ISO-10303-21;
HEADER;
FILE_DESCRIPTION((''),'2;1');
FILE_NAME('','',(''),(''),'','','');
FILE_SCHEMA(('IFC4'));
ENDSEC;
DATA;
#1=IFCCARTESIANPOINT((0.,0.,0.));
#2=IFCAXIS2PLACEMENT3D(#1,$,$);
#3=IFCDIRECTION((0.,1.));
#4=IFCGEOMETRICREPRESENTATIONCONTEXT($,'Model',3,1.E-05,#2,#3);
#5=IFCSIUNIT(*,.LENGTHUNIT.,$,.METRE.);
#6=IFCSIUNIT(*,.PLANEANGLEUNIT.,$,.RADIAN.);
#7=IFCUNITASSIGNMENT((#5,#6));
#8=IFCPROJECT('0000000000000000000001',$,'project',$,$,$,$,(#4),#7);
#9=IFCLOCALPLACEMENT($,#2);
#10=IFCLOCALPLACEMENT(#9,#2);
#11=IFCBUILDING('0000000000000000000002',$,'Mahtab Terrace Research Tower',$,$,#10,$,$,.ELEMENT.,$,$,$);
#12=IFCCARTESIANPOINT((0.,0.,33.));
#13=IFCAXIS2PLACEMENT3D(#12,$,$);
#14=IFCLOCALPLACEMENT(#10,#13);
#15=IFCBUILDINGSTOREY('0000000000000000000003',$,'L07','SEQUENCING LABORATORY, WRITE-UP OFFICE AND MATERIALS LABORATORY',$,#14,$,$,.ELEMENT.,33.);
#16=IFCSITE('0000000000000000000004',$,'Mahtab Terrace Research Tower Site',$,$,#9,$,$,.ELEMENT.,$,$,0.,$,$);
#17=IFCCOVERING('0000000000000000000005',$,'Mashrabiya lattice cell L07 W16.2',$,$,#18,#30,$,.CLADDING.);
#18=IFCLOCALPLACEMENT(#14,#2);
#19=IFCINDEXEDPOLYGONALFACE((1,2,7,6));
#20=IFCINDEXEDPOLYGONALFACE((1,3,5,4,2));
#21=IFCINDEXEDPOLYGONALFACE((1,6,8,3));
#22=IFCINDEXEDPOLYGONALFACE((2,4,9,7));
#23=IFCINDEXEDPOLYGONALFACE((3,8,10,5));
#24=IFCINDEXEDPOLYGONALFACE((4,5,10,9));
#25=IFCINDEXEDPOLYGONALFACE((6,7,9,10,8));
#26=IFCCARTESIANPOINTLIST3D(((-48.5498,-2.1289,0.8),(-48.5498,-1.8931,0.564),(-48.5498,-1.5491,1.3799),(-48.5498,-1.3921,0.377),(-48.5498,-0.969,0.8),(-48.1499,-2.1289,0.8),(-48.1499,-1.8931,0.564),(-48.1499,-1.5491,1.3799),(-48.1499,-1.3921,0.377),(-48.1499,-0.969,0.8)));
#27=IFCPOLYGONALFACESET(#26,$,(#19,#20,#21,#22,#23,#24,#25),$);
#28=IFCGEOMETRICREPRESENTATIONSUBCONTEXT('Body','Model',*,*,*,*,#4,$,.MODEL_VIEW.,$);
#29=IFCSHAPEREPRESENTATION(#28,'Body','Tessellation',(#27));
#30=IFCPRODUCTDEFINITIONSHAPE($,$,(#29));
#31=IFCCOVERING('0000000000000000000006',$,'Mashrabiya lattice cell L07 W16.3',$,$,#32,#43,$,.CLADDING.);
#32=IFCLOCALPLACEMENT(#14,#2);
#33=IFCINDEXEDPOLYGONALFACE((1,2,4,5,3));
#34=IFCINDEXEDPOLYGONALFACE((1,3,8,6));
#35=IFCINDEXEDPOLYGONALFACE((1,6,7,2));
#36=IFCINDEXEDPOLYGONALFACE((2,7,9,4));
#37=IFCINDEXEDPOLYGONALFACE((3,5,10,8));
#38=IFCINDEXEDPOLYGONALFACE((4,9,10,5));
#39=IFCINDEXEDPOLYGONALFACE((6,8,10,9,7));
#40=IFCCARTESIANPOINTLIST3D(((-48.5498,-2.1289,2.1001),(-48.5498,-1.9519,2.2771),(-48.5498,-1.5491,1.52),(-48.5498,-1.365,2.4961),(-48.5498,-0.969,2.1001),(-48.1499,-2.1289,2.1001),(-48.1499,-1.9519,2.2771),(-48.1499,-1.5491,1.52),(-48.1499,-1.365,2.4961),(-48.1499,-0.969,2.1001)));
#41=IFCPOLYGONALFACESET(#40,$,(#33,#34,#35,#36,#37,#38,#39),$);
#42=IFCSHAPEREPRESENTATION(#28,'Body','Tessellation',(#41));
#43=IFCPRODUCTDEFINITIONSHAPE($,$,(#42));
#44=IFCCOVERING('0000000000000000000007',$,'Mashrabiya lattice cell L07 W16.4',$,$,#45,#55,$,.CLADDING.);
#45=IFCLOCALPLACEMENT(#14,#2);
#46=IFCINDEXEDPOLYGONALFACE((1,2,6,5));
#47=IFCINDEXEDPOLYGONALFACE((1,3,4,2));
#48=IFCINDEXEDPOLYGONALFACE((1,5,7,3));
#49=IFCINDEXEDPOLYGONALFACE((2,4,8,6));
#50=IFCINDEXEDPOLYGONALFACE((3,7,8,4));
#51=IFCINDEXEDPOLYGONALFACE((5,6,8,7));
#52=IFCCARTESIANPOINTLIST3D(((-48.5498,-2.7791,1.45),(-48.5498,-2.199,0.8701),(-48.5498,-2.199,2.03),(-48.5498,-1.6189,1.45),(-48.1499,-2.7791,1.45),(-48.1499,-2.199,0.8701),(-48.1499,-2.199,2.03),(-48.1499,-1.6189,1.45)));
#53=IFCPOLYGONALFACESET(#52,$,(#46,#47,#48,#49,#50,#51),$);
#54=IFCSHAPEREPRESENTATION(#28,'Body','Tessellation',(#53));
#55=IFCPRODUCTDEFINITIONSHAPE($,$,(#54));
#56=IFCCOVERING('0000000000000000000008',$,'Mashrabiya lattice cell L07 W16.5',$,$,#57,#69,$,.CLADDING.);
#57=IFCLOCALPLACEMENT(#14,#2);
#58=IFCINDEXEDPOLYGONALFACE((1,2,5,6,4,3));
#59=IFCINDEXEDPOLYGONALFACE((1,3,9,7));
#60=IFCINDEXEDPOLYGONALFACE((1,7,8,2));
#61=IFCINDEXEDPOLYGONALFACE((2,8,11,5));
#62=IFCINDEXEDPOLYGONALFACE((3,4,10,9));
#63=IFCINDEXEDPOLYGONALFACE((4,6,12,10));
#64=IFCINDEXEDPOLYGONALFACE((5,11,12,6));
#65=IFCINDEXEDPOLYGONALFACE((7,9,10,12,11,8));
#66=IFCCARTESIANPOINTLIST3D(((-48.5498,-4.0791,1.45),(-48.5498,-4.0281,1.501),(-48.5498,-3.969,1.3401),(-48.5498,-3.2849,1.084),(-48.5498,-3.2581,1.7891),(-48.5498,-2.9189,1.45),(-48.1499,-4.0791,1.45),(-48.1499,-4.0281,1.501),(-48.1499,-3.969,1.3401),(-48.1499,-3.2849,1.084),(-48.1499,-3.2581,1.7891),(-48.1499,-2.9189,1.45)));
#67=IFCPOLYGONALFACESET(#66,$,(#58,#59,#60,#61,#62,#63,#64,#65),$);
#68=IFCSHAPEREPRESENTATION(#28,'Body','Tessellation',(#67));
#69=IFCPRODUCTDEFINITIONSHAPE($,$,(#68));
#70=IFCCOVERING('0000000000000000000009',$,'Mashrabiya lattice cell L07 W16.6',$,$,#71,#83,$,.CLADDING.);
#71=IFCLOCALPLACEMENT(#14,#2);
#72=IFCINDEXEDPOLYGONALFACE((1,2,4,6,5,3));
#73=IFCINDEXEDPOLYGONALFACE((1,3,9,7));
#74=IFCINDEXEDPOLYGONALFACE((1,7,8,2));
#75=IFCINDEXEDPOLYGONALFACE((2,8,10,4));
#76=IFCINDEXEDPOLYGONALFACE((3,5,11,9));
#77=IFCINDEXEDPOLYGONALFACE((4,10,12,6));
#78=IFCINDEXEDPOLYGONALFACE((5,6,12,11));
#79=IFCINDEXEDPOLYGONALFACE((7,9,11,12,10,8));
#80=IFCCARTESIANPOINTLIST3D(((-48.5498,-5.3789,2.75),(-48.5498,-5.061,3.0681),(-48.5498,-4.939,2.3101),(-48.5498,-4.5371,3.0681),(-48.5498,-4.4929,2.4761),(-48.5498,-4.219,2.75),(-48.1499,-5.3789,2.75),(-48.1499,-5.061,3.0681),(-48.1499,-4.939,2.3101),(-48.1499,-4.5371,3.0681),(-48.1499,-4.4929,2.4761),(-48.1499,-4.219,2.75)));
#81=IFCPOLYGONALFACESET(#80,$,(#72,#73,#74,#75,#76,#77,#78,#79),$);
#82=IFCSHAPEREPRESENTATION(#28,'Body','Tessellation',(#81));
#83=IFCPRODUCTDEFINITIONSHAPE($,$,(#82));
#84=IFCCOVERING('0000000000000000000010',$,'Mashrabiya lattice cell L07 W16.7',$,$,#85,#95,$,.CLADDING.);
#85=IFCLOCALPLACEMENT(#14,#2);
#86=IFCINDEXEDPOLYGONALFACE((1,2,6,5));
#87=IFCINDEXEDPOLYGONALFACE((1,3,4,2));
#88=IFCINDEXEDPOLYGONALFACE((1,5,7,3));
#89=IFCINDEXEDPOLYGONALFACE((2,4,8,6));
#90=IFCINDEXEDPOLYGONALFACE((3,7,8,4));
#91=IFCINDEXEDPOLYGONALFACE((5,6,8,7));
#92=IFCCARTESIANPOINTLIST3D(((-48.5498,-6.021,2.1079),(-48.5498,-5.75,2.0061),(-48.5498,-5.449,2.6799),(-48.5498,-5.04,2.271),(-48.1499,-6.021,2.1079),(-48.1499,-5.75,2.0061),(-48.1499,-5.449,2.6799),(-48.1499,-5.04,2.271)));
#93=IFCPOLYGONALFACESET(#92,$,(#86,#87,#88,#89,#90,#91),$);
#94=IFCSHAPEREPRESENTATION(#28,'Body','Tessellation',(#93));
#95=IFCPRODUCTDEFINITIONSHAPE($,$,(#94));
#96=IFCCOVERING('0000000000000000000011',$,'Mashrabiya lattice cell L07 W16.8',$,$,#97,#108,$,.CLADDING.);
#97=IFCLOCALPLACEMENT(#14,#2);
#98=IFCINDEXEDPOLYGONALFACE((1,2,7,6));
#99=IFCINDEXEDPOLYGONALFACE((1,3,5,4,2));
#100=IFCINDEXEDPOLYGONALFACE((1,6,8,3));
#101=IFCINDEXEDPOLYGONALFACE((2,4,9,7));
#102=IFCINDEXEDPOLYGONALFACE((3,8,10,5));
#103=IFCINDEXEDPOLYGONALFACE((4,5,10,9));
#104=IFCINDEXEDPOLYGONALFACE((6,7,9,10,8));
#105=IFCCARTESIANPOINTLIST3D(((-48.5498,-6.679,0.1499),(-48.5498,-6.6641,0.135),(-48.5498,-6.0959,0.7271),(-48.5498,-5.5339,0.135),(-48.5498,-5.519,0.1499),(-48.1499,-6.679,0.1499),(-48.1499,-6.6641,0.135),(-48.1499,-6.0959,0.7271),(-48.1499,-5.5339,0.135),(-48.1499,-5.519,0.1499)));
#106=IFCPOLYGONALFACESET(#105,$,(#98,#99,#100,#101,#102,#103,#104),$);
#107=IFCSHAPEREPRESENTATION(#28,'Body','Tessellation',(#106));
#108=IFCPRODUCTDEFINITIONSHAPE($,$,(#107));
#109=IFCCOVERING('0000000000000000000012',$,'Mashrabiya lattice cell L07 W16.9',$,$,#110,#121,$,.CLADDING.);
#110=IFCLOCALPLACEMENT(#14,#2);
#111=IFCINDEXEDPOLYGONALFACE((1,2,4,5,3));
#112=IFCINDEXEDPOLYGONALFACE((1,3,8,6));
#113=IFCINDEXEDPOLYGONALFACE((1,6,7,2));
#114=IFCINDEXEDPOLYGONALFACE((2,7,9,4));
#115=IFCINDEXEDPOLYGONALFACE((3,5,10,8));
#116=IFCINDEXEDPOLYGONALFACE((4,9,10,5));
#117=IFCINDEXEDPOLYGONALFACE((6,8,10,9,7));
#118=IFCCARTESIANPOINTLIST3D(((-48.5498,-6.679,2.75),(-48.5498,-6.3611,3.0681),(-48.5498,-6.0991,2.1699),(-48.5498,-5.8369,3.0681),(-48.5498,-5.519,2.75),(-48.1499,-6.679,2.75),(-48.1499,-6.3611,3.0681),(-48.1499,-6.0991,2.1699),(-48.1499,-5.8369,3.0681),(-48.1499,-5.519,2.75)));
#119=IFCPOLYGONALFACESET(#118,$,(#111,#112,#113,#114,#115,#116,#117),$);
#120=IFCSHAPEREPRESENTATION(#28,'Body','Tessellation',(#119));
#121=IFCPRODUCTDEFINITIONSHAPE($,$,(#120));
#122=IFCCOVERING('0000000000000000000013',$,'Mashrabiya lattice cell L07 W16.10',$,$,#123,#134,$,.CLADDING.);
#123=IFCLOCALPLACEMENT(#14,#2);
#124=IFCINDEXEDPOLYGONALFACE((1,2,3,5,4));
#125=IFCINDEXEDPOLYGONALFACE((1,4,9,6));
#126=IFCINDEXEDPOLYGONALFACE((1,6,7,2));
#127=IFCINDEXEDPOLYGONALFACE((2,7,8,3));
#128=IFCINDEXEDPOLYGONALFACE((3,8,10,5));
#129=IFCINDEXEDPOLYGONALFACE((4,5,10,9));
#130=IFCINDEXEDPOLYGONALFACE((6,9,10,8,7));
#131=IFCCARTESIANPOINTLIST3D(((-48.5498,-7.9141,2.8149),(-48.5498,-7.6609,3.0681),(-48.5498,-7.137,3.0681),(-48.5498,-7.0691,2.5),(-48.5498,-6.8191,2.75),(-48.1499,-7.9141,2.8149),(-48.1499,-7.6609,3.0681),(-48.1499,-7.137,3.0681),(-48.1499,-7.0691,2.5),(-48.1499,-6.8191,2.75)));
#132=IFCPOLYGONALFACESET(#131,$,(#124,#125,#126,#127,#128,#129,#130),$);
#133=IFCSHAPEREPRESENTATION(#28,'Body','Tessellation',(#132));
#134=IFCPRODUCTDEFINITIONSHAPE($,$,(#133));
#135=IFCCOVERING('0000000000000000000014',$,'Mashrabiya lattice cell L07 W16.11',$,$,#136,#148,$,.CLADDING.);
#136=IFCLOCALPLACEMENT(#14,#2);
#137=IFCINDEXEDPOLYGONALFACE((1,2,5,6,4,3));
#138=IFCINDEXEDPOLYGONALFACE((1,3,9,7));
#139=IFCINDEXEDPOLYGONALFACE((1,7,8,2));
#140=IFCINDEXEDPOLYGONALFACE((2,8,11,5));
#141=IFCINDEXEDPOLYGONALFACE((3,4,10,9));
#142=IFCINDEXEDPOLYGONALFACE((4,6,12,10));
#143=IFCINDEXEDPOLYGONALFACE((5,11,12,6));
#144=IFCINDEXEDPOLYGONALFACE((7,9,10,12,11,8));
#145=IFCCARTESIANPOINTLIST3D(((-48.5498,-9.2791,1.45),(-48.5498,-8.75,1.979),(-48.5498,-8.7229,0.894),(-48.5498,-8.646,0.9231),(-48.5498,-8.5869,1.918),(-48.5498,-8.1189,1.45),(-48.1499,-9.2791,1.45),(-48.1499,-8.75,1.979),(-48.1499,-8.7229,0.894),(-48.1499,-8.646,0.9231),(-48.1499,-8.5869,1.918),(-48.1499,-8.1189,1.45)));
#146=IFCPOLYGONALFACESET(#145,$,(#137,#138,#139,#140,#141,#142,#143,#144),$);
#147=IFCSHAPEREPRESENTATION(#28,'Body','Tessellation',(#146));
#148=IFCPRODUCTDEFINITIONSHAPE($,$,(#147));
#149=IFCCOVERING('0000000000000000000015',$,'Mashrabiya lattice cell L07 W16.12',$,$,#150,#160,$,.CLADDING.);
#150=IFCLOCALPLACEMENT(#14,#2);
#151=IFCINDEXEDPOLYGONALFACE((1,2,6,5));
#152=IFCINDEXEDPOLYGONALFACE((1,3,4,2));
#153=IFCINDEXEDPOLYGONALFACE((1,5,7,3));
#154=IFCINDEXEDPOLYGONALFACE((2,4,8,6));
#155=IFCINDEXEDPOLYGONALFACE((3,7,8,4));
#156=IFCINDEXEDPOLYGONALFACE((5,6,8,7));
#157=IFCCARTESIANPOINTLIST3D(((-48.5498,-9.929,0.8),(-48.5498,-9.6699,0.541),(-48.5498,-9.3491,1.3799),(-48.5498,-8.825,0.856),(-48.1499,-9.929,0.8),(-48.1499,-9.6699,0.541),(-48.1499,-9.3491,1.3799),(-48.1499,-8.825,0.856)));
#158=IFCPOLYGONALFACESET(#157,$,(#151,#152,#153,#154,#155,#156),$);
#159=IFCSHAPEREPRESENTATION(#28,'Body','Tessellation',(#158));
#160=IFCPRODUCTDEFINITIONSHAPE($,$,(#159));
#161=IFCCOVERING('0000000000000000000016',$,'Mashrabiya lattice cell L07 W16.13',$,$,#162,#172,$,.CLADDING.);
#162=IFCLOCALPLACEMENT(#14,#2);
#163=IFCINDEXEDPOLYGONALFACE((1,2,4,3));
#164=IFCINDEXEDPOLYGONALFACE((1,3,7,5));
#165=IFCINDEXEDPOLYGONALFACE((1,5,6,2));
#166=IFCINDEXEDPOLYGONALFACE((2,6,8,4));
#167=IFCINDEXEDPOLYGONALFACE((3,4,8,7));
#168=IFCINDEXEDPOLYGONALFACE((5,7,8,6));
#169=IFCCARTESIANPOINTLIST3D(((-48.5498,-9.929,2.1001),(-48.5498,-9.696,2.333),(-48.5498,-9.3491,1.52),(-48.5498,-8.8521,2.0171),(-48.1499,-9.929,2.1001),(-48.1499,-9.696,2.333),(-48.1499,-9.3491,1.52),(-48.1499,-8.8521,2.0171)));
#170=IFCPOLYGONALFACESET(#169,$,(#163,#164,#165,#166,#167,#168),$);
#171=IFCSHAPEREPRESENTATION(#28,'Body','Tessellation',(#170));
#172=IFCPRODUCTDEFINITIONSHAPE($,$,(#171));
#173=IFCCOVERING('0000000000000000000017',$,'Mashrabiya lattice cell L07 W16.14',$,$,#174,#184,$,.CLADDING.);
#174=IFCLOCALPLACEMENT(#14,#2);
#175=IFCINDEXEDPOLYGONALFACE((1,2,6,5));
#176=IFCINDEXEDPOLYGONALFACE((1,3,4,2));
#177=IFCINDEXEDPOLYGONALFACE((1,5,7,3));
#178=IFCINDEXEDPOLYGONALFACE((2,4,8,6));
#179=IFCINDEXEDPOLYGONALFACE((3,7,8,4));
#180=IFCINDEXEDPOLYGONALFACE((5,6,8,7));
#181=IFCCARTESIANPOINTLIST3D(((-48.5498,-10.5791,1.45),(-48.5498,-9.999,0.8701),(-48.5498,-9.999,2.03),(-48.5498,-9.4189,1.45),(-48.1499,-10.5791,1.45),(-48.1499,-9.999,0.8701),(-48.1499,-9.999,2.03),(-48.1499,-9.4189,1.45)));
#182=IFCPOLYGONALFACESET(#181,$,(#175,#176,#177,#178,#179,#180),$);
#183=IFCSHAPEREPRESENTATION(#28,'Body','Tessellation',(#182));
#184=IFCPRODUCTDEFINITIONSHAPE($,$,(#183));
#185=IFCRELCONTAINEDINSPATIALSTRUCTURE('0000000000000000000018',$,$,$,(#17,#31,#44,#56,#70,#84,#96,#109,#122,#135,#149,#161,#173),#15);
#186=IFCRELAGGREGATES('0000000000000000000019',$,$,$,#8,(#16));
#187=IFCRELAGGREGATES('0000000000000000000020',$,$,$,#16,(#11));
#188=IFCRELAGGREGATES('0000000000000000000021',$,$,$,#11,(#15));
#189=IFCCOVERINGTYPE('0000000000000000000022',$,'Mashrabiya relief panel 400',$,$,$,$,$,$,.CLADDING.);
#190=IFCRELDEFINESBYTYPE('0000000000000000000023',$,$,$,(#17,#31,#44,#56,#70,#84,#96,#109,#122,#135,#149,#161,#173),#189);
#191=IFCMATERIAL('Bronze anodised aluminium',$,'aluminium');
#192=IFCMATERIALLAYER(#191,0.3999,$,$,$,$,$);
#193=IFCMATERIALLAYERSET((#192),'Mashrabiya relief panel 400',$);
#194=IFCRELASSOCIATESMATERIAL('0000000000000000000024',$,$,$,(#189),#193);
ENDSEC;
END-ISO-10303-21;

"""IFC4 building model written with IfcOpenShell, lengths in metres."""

from ifc_helpers import new_model, si_unit, direction, frame, origin, place, context, subcontext, project, spatial, polyline, outline, extrude, material, layer, layer_set, type_object, element, save


model = new_model("IFC4")

# Units and contexts
model_context = context("Model", 3, precision=1e-05, world=origin(), true_north=direction((0.0, 1.0)))
body_context = subcontext(model_context, "Body", "Model", "MODEL_VIEW")
ifc_project = project(units=[si_unit("LENGTHUNIT", "METRE"), si_unit("PLANEANGLEUNIT", "RADIAN")], contexts=[model_context])

# Site, building, storey
site_placement = place(None, origin())
site = spatial("IfcSite", under=ifc_project, at=site_placement, Name="Mahtab Terrace Research Tower Site", CompositionType="ELEMENT", RefElevation=0.0)
building_placement = place(site_placement, origin())
building = spatial("IfcBuilding", under=site, at=building_placement, Name="Mahtab Terrace Research Tower", CompositionType="ELEMENT")
storey_placement = place(building_placement, frame((0.0, 0.0, 33.0)))
storey = spatial("IfcBuildingStorey", under=building, at=storey_placement, Name="L07", Description="SEQUENCING LABORATORY, WRITE-UP OFFICE AND MATERIALS LABORATORY", CompositionType="ELEMENT", Elevation=33.0)

# Coverings
ifc_material = material(Name="Bronze anodised aluminium", Category="aluminium")
ifc_layer = layer(ifc_material, 0.3999)
ifc_layer_set = layer_set([ifc_layer], Name="Mashrabiya relief panel 400")
covering_type = type_object("IfcCoveringType", Name="Mashrabiya relief panel 400", PredefinedType="CLADDING", material=ifc_layer_set)
covering_1_placement = place(storey_placement, frame((-48.1499, -0.969, 0.8), z_axis=(1.0, 0.0, 0.0), x_axis=(0.0, -0.707256, 0.706958)))
element("IfcCovering", 1, at=covering_1_placement, inside=storey, type_object=covering_type, Name="Mashrabiya lattice cell L07 W16.2", PredefinedType="CLADDING", context=body_context, shape_type="SweptSolid", body=[
    extrude(outline(polyline([(0.0, 0.0), (0.8202, 0.0), (0.8204, 0.82), (0.4867, 0.8203), (0.0001, 0.5983), (0.0, 0.0)])), origin(), (0.0, 0.0, -1.0), 0.3999),
])
covering_2_placement = place(storey_placement, frame((-48.1499, -2.1289, 2.1001), z_axis=(1.0, 0.0, 0.0), x_axis=(0.0, 0.706958, -0.707256)))
element("IfcCovering", 2, at=covering_2_placement, inside=storey, type_object=covering_type, Name="Mashrabiya lattice cell L07 W16.3", PredefinedType="CLADDING", context=body_context, shape_type="SweptSolid", body=[
    extrude(outline(polyline([(0.0, 0.0), (0.8202, 0.0), (0.82, 0.8204), (0.26, 0.8202), (-0.0001, 0.2503), (0.0, 0.0)])), origin(), (0.0, 0.0, -1.0), 0.3999),
])
covering_3_placement = place(storey_placement, frame((-48.1499, -2.199, 2.03), z_axis=(1.0, 0.0, 0.0), x_axis=(0.0, -0.707107, -0.707107)))
element("IfcCovering", 3, at=covering_3_placement, inside=storey, type_object=covering_type, Name="Mashrabiya lattice cell L07 W16.4", PredefinedType="CLADDING", context=body_context, shape_type="SweptSolid", body=[
    extrude(outline(polyline([(0.0, 0.0), (0.8204, 0.0), (0.8202, 0.8202), (0.0, 0.8204), (0.0, 0.0)])), origin(), (0.0, 0.0, -1.0), 0.3999),
])
covering_4_placement = place(storey_placement, frame((-48.1499, -2.9189, 1.45), z_axis=(1.0, 0.0, 0.0), x_axis=(0.0, -0.707107, 0.707107)))
element("IfcCovering", 4, at=covering_4_placement, inside=storey, type_object=covering_type, Name="Mashrabiya lattice cell L07 W16.5", PredefinedType="CLADDING", context=body_context, shape_type="SweptSolid", body=[
    extrude(outline(polyline([(0.0, 0.0), (0.4796, 0.0), (0.8204, 0.7482), (0.8204, 0.8204), (0.6648, 0.8202), (0.0, 0.5176), (0.0, 0.0)])), origin(), (0.0, 0.0, -1.0), 0.3999),
])
covering_5_placement = place(storey_placement, frame((-48.1499, -4.219, 2.75), z_axis=(1.0, 0.0, 0.0), x_axis=(0.0, -0.707107, 0.707107)))
element("IfcCovering", 5, at=covering_5_placement, inside=storey, type_object=covering_type, Name="Mashrabiya lattice cell L07 W16.6", PredefinedType="CLADDING", context=body_context, shape_type="SweptSolid", body=[
    extrude(outline(polyline([(0.0, 0.0), (0.4499, 0.0), (0.8204, 0.3705), (0.8202, 0.8202), (0.198, 0.8202), (0.0, 0.3874), (0.0, 0.0)])), origin(), (0.0, 0.0, -1.0), 0.3999),
])
covering_6_placement = place(storey_placement, frame((-48.1499, -5.449, 2.6799), z_axis=(1.0, 0.0, 0.0), x_axis=(0.0, -0.707107, -0.707107)))
element("IfcCovering", 6, at=covering_6_placement, inside=storey, type_object=covering_type, Name="Mashrabiya lattice cell L07 W16.7", PredefinedType="CLADDING", context=body_context, shape_type="SweptSolid", body=[
    extrude(outline(polyline([(0.0, 0.0), (0.809, 0.0), (0.6893, 0.2636), (0.0, 0.5783), (0.0, 0.0)])), origin(), (0.0, 0.0, -1.0), 0.3999),
])
covering_7_placement = place(storey_placement, frame((-48.1499, -5.519, 0.1499), z_axis=(1.0, 0.0, 0.0), x_axis=(0.0, -0.706957, 0.707256)))
element("IfcCovering", 7, at=covering_7_placement, inside=storey, type_object=covering_type, Name="Mashrabiya lattice cell L07 W16.8", PredefinedType="CLADDING", context=body_context, shape_type="SweptSolid", body=[
    extrude(outline(polyline([(0.0, 0.0), (0.816, 0.0), (0.82, 0.8204), (0.7989, 0.8204), (0.0, 0.0211), (0.0, 0.0)])), origin(), (0.0, 0.0, -1.0), 0.3999),
])
covering_8_placement = place(storey_placement, frame((-48.1499, -6.679, 2.75), z_axis=(1.0, 0.0, 0.0), x_axis=(0.0, 0.706958, -0.707256)))
element("IfcCovering", 8, at=covering_8_placement, inside=storey, type_object=covering_type, Name="Mashrabiya lattice cell L07 W16.9", PredefinedType="CLADDING", context=body_context, shape_type="SweptSolid", body=[
    extrude(outline(polyline([(0.0, 0.0), (0.8202, 0.0), (0.82, 0.8204), (0.3703, 0.8204), (-0.0003, 0.4497), (0.0, 0.0)])), origin(), (0.0, 0.0, -1.0), 0.3999),
])
covering_9_placement = place(storey_placement, frame((-48.1499, -6.8191, 2.75), z_axis=(1.0, 0.0, 0.0), x_axis=(0.0, -0.706835, 0.707378)))
element("IfcCovering", 9, at=covering_9_placement, inside=storey, type_object=covering_type, Name="Mashrabiya lattice cell L07 W16.10", PredefinedType="CLADDING", context=body_context, shape_type="SweptSolid", body=[
    extrude(outline(polyline([(0.0, 0.0), (0.4497, 0.0), (0.82, 0.3706), (0.8199, 0.7287), (-0.0001, 0.3536), (0.0, 0.0)])), origin(), (0.0, 0.0, -1.0), 0.3999),
])
covering_10_placement = place(storey_placement, frame((-48.1499, -8.1189, 1.45), z_axis=(1.0, 0.0, 0.0), x_axis=(0.0, -0.707107, 0.707107)))
element("IfcCovering", 10, at=covering_10_placement, inside=storey, type_object=covering_type, Name="Mashrabiya lattice cell L07 W16.11", PredefinedType="CLADDING", context=body_context, shape_type="SweptSolid", body=[
    extrude(outline(polyline([(0.0, 0.0), (0.6619, 0.0), (0.8204, 0.0722), (0.8204, 0.8204), (0.034, 0.8202), (0.0002, 0.7453), (0.0, 0.0)])), origin(), (0.0, 0.0, -1.0), 0.3999),
])
covering_11_placement = place(storey_placement, frame((-48.1499, -9.3491, 1.3799), z_axis=(1.0, 0.0, 0.0), x_axis=(0.0, -0.707107, -0.707107)))
element("IfcCovering", 11, at=covering_11_placement, inside=storey, type_object=covering_type, Name="Mashrabiya lattice cell L07 W16.12", PredefinedType="CLADDING", context=body_context, shape_type="SweptSolid", body=[
    extrude(outline(polyline([(0.0, 0.0), (0.82, 0.0), (0.82, 0.3663), (-0.0002, 0.7411), (0.0, 0.0)])), origin(), (0.0, 0.0, -1.0), 0.3999),
])
covering_12_placement = place(storey_placement, frame((-48.1499, -9.929, 2.1001), z_axis=(1.0, 0.0, 0.0), x_axis=(0.0, 0.706958, -0.707256)))
element("IfcCovering", 12, at=covering_12_placement, inside=storey, type_object=covering_type, Name="Mashrabiya lattice cell L07 W16.13", PredefinedType="CLADDING", context=body_context, shape_type="SweptSolid", body=[
    extrude(outline(polyline([(0.0, 0.0), (0.8202, 0.0), (0.82, 0.703), (-0.0001, 0.3294), (0.0, 0.0)])), origin(), (0.0, 0.0, -1.0), 0.3999),
])
covering_13_placement = place(storey_placement, frame((-48.1499, -9.999, 2.03), z_axis=(1.0, 0.0, 0.0), x_axis=(0.0, -0.707107, -0.707107)))
element("IfcCovering", 13, at=covering_13_placement, inside=storey, type_object=covering_type, Name="Mashrabiya lattice cell L07 W16.14", PredefinedType="CLADDING", context=body_context, shape_type="SweptSolid", body=[
    extrude(outline(polyline([(0.0, 0.0), (0.8204, 0.0), (0.8202, 0.8202), (0.0, 0.8204), (0.0, 0.0)])), origin(), (0.0, 0.0, -1.0), 0.3999),
])

save(model, "model.ifc")
